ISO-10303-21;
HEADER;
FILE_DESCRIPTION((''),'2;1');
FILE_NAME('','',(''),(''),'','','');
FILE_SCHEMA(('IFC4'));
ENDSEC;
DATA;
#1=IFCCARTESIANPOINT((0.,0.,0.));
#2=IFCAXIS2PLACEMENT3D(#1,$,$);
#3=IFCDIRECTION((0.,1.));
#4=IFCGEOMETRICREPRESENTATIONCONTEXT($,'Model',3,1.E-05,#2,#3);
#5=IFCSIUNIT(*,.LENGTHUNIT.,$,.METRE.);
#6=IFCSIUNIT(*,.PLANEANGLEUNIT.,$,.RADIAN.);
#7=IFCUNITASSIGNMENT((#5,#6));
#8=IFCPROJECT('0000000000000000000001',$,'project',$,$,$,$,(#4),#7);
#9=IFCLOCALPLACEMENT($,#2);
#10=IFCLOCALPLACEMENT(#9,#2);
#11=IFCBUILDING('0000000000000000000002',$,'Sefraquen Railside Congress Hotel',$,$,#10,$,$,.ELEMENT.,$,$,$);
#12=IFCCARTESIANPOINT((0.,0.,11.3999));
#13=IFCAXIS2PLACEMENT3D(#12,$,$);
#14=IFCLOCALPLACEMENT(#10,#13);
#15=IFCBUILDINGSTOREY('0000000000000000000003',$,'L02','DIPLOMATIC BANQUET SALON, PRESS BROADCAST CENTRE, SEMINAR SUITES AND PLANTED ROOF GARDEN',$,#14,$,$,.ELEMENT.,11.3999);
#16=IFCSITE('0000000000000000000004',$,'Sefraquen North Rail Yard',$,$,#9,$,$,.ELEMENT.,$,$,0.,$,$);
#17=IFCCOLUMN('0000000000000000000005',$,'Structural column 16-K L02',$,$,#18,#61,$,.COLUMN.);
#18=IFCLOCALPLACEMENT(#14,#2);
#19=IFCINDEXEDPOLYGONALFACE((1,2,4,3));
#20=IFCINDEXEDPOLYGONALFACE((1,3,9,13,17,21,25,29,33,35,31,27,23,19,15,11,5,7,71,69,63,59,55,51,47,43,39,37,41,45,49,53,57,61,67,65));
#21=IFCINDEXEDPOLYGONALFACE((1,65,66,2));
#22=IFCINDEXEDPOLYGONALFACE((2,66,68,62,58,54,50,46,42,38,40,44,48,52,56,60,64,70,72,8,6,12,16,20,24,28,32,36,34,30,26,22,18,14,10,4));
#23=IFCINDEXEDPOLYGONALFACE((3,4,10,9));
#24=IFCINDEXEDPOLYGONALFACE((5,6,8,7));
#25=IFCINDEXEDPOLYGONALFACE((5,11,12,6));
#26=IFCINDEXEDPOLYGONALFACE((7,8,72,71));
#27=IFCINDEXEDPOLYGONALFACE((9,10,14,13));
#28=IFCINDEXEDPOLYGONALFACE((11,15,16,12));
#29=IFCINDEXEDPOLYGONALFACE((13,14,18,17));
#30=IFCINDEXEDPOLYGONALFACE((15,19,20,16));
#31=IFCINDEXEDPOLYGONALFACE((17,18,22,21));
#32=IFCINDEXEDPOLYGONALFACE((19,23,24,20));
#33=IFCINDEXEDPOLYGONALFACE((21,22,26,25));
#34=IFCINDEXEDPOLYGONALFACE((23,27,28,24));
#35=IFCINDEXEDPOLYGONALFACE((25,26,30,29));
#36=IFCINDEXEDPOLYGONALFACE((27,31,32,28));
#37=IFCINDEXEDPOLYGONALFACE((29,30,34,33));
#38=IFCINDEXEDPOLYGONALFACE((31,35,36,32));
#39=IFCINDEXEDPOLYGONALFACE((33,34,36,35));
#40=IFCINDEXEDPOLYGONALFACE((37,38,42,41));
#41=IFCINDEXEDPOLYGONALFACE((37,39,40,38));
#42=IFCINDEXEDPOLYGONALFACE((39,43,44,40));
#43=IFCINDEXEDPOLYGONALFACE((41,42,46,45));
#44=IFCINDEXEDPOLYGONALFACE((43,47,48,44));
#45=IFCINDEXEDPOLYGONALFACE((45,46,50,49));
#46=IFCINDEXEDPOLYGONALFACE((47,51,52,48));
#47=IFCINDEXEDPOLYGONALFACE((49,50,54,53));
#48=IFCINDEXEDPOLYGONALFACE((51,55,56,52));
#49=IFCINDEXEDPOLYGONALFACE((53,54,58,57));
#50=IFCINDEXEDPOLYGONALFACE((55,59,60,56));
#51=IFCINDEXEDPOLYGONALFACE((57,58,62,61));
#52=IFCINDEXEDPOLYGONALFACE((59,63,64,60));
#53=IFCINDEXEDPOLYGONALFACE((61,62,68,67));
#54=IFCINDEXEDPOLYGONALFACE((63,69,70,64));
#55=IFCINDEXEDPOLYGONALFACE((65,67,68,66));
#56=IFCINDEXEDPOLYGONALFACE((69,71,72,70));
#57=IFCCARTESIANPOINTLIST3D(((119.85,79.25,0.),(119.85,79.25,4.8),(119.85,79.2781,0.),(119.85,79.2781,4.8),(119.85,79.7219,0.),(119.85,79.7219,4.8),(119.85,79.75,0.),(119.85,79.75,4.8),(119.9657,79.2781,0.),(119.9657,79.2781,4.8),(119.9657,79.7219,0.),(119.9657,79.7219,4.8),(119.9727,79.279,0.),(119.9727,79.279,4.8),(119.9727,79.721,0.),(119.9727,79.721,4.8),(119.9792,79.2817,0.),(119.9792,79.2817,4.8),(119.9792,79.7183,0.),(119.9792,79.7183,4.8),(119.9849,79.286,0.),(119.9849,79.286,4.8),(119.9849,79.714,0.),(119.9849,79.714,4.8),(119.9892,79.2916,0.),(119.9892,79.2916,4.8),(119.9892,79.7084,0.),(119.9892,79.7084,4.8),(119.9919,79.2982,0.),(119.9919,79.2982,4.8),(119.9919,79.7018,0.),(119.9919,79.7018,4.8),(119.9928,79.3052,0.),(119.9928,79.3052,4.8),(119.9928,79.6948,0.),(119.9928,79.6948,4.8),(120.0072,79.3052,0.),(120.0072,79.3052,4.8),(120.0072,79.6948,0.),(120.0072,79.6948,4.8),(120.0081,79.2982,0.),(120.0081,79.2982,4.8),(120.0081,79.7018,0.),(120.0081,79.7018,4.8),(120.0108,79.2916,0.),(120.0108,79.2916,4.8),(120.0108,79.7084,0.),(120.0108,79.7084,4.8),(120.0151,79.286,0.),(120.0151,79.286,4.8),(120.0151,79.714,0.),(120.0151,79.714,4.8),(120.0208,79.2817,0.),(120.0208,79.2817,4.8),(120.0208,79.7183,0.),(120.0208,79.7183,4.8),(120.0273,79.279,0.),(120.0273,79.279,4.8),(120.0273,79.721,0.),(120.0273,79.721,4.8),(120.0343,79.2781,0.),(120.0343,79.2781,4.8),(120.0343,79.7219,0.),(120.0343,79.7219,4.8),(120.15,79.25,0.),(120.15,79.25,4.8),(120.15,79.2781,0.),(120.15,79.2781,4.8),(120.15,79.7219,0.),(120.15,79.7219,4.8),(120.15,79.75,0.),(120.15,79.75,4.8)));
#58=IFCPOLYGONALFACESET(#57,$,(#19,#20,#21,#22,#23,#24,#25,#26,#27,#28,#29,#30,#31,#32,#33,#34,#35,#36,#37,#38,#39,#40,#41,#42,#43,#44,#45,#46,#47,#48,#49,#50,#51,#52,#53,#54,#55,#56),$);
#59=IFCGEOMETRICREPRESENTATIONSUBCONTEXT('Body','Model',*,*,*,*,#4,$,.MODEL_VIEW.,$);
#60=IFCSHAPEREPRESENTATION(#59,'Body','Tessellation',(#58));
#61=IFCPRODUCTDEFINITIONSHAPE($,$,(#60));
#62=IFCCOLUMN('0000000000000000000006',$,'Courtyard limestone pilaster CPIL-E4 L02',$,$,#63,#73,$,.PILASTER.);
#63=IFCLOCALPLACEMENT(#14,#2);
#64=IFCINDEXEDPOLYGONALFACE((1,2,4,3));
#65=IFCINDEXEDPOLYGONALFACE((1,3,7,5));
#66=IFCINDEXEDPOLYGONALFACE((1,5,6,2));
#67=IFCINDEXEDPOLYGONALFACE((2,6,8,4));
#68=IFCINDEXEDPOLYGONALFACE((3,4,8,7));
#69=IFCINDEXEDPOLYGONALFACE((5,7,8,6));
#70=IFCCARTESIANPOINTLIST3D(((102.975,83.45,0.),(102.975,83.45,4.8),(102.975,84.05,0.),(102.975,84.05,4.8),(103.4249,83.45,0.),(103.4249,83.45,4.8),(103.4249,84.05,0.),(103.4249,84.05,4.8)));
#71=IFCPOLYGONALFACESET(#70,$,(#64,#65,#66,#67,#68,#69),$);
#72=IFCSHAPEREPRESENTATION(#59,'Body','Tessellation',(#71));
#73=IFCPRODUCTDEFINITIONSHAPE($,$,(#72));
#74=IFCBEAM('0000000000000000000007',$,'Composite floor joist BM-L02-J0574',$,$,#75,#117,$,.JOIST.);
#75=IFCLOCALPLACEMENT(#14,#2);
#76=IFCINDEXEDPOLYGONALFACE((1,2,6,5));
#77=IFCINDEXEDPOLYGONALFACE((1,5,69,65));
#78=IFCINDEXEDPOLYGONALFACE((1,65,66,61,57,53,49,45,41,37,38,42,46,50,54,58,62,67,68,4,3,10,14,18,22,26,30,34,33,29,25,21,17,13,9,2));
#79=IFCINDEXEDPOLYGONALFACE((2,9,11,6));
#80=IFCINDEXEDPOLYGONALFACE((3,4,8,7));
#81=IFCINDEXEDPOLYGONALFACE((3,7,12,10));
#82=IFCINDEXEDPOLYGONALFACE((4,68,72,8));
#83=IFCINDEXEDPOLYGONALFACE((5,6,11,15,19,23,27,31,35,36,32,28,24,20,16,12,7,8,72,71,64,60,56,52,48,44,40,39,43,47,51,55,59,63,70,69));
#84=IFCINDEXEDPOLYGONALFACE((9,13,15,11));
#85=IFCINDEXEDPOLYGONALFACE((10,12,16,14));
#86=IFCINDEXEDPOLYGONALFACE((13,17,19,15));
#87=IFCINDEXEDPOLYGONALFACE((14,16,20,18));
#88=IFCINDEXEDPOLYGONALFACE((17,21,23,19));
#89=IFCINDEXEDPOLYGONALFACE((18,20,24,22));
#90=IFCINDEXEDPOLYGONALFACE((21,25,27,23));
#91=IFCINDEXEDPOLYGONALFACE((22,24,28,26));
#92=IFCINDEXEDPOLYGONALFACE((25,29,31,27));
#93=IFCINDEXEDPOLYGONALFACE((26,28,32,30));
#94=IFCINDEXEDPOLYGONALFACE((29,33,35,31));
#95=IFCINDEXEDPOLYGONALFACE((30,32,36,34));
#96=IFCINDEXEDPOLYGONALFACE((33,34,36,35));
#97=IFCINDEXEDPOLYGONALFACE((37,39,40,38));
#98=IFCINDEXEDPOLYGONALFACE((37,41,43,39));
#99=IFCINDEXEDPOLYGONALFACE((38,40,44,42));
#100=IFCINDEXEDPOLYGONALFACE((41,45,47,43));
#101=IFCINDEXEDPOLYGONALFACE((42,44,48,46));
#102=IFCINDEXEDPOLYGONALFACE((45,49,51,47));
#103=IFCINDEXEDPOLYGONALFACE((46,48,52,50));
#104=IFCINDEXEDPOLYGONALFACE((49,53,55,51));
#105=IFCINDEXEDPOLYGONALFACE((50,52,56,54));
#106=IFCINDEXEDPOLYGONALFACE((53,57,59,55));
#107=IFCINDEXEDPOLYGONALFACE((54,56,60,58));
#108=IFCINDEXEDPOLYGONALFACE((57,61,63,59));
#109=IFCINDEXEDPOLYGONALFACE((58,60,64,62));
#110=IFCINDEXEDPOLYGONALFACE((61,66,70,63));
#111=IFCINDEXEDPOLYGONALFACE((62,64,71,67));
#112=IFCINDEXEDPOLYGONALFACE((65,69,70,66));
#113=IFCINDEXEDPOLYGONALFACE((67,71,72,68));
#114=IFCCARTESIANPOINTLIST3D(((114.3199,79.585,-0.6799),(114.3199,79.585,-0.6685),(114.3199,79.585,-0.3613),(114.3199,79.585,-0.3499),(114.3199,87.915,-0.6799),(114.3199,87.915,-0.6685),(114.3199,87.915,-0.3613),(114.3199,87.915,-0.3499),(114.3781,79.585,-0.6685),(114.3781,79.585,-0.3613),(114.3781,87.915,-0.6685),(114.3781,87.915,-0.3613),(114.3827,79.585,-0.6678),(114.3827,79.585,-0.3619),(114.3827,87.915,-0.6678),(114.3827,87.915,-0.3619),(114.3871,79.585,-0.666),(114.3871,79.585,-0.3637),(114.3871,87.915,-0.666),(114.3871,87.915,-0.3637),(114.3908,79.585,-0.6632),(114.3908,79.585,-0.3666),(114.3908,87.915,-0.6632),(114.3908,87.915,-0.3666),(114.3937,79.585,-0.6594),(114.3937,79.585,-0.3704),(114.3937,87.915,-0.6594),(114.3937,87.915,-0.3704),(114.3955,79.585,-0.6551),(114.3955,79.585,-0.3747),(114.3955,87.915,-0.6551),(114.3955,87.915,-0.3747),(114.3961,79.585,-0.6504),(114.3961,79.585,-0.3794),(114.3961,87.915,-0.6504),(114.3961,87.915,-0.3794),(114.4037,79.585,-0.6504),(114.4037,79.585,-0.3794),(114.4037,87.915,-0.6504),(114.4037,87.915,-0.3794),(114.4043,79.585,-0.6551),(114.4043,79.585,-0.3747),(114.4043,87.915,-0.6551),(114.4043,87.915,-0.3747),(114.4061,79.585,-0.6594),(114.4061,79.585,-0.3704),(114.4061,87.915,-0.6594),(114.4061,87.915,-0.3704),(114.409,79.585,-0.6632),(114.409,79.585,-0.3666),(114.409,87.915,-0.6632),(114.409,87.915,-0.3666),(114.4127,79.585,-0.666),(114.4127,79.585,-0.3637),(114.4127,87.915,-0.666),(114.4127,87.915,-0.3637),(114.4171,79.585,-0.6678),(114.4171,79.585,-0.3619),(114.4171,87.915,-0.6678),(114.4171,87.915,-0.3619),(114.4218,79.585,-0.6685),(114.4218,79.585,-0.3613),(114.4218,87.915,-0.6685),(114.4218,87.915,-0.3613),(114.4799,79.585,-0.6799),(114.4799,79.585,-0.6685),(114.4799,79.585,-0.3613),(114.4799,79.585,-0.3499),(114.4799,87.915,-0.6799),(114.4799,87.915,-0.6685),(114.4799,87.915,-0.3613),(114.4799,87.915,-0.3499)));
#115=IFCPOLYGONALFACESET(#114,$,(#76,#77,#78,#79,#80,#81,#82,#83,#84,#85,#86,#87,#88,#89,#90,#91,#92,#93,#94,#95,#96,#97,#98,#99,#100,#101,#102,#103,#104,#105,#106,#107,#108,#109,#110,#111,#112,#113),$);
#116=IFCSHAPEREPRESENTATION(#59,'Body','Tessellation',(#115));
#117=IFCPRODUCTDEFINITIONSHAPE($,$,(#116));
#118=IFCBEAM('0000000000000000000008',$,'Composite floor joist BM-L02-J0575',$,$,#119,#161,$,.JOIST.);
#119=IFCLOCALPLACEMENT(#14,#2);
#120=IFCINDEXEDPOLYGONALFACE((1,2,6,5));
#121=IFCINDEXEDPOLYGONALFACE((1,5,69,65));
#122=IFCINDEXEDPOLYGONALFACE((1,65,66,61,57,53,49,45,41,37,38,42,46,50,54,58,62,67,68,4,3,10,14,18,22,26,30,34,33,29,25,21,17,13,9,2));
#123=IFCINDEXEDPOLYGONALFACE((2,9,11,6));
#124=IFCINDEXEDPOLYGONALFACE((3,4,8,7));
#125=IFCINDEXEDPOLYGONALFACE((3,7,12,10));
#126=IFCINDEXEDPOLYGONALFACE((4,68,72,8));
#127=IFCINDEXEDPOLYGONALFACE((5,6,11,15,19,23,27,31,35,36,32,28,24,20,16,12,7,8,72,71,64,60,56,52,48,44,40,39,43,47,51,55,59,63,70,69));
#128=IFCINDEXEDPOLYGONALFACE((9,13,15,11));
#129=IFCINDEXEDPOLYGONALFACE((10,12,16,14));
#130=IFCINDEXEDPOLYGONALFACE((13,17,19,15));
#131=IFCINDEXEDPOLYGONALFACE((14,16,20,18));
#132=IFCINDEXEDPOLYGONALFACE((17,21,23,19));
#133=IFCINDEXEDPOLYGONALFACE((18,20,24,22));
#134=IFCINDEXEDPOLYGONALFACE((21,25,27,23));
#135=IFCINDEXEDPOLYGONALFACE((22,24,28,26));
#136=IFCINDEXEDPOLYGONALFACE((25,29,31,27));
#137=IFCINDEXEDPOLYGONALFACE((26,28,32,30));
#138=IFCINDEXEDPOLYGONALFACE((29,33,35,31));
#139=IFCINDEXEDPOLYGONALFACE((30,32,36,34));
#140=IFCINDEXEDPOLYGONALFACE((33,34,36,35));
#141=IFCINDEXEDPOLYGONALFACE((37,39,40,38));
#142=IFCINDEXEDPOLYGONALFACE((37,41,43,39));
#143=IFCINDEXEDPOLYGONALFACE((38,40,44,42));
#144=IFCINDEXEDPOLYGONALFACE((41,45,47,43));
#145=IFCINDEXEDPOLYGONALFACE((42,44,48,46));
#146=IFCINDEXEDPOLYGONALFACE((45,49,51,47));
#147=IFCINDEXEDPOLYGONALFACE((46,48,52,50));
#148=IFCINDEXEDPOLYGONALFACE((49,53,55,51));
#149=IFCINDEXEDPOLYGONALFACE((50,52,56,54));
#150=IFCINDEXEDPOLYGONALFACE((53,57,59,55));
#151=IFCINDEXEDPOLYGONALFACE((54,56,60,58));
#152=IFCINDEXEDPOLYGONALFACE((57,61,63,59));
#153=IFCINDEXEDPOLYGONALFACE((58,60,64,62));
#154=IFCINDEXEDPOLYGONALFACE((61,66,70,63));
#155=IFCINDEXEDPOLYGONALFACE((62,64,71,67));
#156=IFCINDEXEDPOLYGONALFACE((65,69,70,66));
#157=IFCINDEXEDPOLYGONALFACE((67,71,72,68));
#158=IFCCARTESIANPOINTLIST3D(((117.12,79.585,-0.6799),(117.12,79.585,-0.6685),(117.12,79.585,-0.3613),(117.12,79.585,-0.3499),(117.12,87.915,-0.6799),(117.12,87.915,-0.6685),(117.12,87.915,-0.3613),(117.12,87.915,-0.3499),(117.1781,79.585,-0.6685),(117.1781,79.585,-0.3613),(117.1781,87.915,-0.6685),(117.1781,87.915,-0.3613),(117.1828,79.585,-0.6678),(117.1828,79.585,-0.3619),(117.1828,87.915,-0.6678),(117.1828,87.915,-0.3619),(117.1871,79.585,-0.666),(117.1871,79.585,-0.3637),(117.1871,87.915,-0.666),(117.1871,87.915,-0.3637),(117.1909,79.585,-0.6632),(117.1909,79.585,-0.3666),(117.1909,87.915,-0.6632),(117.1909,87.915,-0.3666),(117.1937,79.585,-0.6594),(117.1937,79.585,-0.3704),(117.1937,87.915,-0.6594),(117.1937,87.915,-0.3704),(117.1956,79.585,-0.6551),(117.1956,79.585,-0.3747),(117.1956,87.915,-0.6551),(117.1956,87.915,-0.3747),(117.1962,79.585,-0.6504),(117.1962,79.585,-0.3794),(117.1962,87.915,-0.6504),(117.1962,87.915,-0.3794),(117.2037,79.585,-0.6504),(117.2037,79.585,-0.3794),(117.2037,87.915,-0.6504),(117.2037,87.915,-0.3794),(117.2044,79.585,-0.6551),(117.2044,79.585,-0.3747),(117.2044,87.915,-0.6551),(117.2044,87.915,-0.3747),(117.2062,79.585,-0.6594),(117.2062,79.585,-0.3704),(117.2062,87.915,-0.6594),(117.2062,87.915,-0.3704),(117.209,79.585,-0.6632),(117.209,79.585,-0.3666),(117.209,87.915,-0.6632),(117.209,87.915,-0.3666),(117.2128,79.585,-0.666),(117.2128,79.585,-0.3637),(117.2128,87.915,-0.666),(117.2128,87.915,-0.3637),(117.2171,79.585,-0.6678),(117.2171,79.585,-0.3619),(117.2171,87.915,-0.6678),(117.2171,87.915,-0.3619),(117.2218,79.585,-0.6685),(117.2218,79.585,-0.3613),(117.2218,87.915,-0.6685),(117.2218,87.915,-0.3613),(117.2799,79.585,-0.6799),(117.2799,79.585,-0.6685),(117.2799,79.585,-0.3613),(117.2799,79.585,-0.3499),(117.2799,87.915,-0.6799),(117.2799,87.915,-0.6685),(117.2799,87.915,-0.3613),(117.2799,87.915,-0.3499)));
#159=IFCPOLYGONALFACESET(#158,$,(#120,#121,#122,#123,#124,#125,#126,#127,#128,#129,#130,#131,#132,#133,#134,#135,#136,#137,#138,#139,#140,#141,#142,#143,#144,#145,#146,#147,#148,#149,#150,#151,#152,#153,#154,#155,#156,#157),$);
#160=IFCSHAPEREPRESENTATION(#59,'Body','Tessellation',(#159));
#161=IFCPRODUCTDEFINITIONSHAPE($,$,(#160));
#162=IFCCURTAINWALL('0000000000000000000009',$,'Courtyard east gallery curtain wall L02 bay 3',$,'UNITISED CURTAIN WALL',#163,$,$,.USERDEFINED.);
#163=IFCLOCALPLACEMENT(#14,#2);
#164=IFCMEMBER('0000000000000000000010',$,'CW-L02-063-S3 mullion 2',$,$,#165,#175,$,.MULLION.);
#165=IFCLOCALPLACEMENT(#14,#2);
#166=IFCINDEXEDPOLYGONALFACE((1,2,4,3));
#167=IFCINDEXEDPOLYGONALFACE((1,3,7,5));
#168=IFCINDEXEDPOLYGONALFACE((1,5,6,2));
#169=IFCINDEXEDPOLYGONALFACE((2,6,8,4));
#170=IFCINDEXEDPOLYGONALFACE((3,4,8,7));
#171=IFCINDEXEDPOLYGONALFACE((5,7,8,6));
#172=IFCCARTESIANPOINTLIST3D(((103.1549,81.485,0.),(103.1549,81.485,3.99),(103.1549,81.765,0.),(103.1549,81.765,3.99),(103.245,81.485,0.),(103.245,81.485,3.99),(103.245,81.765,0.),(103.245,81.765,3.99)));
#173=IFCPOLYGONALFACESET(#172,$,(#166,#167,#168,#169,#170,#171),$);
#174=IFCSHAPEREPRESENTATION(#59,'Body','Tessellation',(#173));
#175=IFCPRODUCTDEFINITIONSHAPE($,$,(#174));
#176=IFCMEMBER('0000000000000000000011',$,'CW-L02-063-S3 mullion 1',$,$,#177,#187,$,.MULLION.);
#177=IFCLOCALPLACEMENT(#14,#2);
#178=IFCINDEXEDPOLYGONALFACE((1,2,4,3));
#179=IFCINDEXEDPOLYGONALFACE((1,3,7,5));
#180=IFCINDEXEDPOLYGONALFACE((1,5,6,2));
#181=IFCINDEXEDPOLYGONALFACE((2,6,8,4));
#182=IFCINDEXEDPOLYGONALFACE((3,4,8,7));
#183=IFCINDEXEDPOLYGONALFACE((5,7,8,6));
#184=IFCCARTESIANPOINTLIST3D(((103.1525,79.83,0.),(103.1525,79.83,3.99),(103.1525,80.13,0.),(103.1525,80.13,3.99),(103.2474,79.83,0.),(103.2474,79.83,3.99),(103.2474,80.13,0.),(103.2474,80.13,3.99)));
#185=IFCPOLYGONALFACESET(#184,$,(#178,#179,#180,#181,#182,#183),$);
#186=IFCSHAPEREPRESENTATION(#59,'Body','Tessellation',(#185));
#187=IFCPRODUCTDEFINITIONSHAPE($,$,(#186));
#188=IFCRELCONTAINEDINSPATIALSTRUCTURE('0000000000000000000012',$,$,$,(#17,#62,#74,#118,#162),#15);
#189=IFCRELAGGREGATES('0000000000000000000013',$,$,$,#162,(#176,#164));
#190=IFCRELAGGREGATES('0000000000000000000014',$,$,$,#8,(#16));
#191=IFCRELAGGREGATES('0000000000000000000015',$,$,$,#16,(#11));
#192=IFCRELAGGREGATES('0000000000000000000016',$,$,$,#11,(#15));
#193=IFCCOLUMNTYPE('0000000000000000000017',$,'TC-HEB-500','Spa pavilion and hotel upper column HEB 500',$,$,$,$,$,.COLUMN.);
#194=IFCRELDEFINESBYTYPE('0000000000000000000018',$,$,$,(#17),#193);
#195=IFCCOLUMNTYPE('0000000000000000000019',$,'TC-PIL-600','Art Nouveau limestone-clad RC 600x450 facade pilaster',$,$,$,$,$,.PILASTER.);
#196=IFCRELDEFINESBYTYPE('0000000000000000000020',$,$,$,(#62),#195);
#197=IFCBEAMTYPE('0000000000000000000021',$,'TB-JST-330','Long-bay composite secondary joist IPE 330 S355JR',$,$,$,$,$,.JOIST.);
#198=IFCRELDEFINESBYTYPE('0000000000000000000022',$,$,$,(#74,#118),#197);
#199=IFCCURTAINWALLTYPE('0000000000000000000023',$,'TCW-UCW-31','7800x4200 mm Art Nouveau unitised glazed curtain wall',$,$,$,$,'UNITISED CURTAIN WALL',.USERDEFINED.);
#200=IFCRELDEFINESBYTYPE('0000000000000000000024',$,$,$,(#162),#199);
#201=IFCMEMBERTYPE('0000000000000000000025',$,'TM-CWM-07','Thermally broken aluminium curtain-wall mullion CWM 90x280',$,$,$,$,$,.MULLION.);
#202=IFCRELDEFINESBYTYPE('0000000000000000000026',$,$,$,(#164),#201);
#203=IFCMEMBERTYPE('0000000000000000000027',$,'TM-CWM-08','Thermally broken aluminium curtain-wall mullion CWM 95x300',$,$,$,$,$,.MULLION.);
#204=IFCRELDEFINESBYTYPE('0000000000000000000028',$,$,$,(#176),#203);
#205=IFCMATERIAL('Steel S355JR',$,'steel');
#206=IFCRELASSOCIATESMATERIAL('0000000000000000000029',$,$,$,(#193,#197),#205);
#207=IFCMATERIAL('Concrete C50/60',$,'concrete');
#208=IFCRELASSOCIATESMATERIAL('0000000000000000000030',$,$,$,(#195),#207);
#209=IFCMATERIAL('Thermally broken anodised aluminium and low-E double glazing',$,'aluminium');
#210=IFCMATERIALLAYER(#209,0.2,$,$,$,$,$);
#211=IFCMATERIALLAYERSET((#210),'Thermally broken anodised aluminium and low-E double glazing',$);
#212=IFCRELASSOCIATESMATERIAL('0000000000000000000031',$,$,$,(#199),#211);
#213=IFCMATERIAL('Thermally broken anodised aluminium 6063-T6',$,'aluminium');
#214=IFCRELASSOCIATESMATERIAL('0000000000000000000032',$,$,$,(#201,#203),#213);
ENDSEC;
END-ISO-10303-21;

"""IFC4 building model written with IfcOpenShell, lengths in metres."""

from ifc_helpers import new_model, si_unit, direction, frame, origin, origin_2d, place, context, subcontext, project, spatial, rectangle, i_section, extrude, material, layer, layer_set, material_profile, profile_set, type_object, element, aggregate, save


model = new_model("IFC4")

# Units and contexts
model_context = context("Model", 3, precision=1e-05, world=origin(), true_north=direction((0.0, 1.0)))
body_context = subcontext(model_context, "Body", "Model", "MODEL_VIEW")
ifc_project = project(units=[si_unit("LENGTHUNIT", "METRE"), si_unit("PLANEANGLEUNIT", "RADIAN")], contexts=[model_context])

# Site, building, storey
site_placement = place(None, origin())
site = spatial("IfcSite", under=ifc_project, at=site_placement, Name="Sefraquen North Rail Yard", CompositionType="ELEMENT", RefElevation=0.0)
building_placement = place(site_placement, origin())
building = spatial("IfcBuilding", under=site, at=building_placement, Name="Sefraquen Railside Congress Hotel", CompositionType="ELEMENT")
storey_placement = place(building_placement, frame((0.0, 0.0, 11.3999)))
storey = spatial("IfcBuildingStorey", under=building, at=storey_placement, Name="L02", Description="DIPLOMATIC BANQUET SALON, PRESS BROADCAST CENTRE, SEMINAR SUITES AND PLANTED ROOF GARDEN", CompositionType="ELEMENT", Elevation=11.3999)

# Columns
ifc_material_1 = material(Name="Steel S355JR", Category="steel")
ifc_material_profile_1 = material_profile(ifc_material_1, i_section(OverallWidth=0.3, OverallDepth=0.5, WebThickness=0.0144, FlangeThickness=0.0281, FilletRadius=0.0271, at=origin_2d()), Name="HEB 500")
ifc_profile_set_1 = profile_set([ifc_material_profile_1], Name="Steel S355JR")
column_type_1 = type_object("IfcColumnType", Name="TC-HEB-500", Description="Spa pavilion and hotel upper column HEB 500", PredefinedType="COLUMN", material=ifc_profile_set_1)
column_1_placement = place(storey_placement, frame((120.0, 79.5, 0.0), z_axis=(0.0, 0.0, 1.0), x_axis=(1.0, 0.0, 0.0)))
element("IfcColumn", 1, at=column_1_placement, inside=storey, type_object=column_type_1, Name="Structural column 16-K L02", PredefinedType="COLUMN", context=body_context, shape_type="SweptSolid", body=[
    extrude(i_section(OverallWidth=0.3, OverallDepth=0.5, WebThickness=0.0144, FlangeThickness=0.0281, FilletRadius=0.0271, at=origin_2d()), origin(), (0.0, 0.0, 1.0), 4.8),
])
ifc_material_2 = material(Name="Concrete C50/60", Category="concrete")
ifc_material_profile_2 = material_profile(ifc_material_2, rectangle(XDim=0.45, YDim=0.6001, at=origin_2d()), Name="RC 600x450")
ifc_profile_set_2 = profile_set([ifc_material_profile_2], Name="Concrete C50/60")
column_type_2 = type_object("IfcColumnType", Name="TC-PIL-600", Description="Art Nouveau limestone-clad RC 600x450 facade pilaster", PredefinedType="PILASTER", material=ifc_profile_set_2)
column_2_placement = place(storey_placement, frame((103.2, 83.75, 0.0), z_axis=(0.0, 0.0, 1.0), x_axis=(1.0, 0.0, 0.0)))
element("IfcColumn", 2, at=column_2_placement, inside=storey, type_object=column_type_2, Name="Courtyard limestone pilaster CPIL-E4 L02", PredefinedType="PILASTER", context=body_context, shape_type="SweptSolid", body=[
    extrude(rectangle(XDim=0.45, YDim=0.6001, at=origin_2d()), origin(), (0.0, 0.0, 1.0), 4.8),
])

# Beams
ifc_material_profile_3 = material_profile(ifc_material_1, i_section(OverallWidth=0.1599, OverallDepth=0.3301, WebThickness=0.0076, FlangeThickness=0.0115, FilletRadius=0.0181, at=origin_2d()), Name="IPE 330")
ifc_profile_set_3 = profile_set([ifc_material_profile_3], Name="Steel S355JR")
beam_type = type_object("IfcBeamType", Name="TB-JST-330", Description="Long-bay composite secondary joist IPE 330 S355JR", PredefinedType="JOIST", material=ifc_profile_set_3)
for number, where, z_axis, x_axis, name in (
    (3, (114.3999, 79.585, -0.5149), (0.0, 1.0, 0.0), (-1.0, 0.0, 0.0), "Composite floor joist BM-L02-J0574"),
    (4, (117.2, 79.585, -0.5149), (0.0, 1.0, 0.0), (-1.0, 0.0, 0.0), "Composite floor joist BM-L02-J0575"),
):
    element("IfcBeam", number, at=place(storey_placement, frame(where, z_axis=z_axis, x_axis=x_axis)), inside=storey, type_object=beam_type, Name=name, PredefinedType="JOIST", context=body_context, shape_type="SweptSolid", body=[
        extrude(i_section(OverallWidth=0.1599, OverallDepth=0.3301, WebThickness=0.0076, FlangeThickness=0.0115, FilletRadius=0.0181, at=origin_2d()), origin(), (0.0, 0.0, 1.0), 8.3301),
    ])

# Curtain wall, members
ifc_material_3 = material(Name="Thermally broken anodised aluminium and low-E double glazing", Category="aluminium")
ifc_layer_1 = layer(ifc_material_3, 0.2)
ifc_layer_set_1 = layer_set([ifc_layer_1], Name="Thermally broken anodised aluminium and low-E double glazing")
curtain_wall_type = type_object("IfcCurtainWallType", Name="TCW-UCW-31", Description="7800x4200 mm Art Nouveau unitised glazed curtain wall", ElementType="UNITISED CURTAIN WALL", PredefinedType="USERDEFINED", material=ifc_layer_set_1)
curtain_wall_1_placement = place(storey_placement, origin())
curtain_wall_1 = element("IfcCurtainWall", 5, at=curtain_wall_1_placement, inside=storey, type_object=curtain_wall_type, Name="Courtyard east gallery curtain wall L02 bay 3", ObjectType="UNITISED CURTAIN WALL", PredefinedType="USERDEFINED")
ifc_material_4 = material(Name="Thermally broken anodised aluminium 6063-T6", Category="aluminium")
ifc_material_profile_4 = material_profile(ifc_material_4, rectangle(XDim=0.0901, YDim=0.28, at=origin_2d()), Name="CWM 90x280")
ifc_profile_set_4 = profile_set([ifc_material_profile_4], Name="Thermally broken anodised aluminium 6063-T6")
member_type_1 = type_object("IfcMemberType", Name="TM-CWM-07", Description="Thermally broken aluminium curtain-wall mullion CWM 90x280", PredefinedType="MULLION", material=ifc_profile_set_4)
member_1_placement = place(storey_placement, frame((103.2, 81.625, 0.0), z_axis=(0.0, 0.0, 1.0), x_axis=(1.0, 0.0, 0.0)))
member_1 = element("IfcMember", 6, at=member_1_placement, type_object=member_type_1, Name="CW-L02-063-S3 mullion 2", PredefinedType="MULLION", context=body_context, shape_type="SweptSolid", body=[
    extrude(rectangle(XDim=0.0901, YDim=0.28, at=origin_2d()), origin(), (0.0, 0.0, 1.0), 3.99),
])
ifc_material_profile_5 = material_profile(ifc_material_4, rectangle(XDim=0.095, YDim=0.3, at=origin_2d()), Name="CWM 95x300")
ifc_profile_set_5 = profile_set([ifc_material_profile_5], Name="Thermally broken anodised aluminium 6063-T6")
member_type_2 = type_object("IfcMemberType", Name="TM-CWM-08", Description="Thermally broken aluminium curtain-wall mullion CWM 95x300", PredefinedType="MULLION", material=ifc_profile_set_5)
member_2_placement = place(storey_placement, frame((103.2, 79.98, 0.0), z_axis=(0.0, 0.0, 1.0), x_axis=(1.0, 0.0, 0.0)))
member_2 = element("IfcMember", 7, at=member_2_placement, type_object=member_type_2, Name="CW-L02-063-S3 mullion 1", PredefinedType="MULLION", context=body_context, shape_type="SweptSolid", body=[
    extrude(rectangle(XDim=0.095, YDim=0.3, at=origin_2d()), origin(), (0.0, 0.0, 1.0), 3.99),
])

aggregate(curtain_wall_1, [member_2, member_1])

save(model, "model.ifc")
